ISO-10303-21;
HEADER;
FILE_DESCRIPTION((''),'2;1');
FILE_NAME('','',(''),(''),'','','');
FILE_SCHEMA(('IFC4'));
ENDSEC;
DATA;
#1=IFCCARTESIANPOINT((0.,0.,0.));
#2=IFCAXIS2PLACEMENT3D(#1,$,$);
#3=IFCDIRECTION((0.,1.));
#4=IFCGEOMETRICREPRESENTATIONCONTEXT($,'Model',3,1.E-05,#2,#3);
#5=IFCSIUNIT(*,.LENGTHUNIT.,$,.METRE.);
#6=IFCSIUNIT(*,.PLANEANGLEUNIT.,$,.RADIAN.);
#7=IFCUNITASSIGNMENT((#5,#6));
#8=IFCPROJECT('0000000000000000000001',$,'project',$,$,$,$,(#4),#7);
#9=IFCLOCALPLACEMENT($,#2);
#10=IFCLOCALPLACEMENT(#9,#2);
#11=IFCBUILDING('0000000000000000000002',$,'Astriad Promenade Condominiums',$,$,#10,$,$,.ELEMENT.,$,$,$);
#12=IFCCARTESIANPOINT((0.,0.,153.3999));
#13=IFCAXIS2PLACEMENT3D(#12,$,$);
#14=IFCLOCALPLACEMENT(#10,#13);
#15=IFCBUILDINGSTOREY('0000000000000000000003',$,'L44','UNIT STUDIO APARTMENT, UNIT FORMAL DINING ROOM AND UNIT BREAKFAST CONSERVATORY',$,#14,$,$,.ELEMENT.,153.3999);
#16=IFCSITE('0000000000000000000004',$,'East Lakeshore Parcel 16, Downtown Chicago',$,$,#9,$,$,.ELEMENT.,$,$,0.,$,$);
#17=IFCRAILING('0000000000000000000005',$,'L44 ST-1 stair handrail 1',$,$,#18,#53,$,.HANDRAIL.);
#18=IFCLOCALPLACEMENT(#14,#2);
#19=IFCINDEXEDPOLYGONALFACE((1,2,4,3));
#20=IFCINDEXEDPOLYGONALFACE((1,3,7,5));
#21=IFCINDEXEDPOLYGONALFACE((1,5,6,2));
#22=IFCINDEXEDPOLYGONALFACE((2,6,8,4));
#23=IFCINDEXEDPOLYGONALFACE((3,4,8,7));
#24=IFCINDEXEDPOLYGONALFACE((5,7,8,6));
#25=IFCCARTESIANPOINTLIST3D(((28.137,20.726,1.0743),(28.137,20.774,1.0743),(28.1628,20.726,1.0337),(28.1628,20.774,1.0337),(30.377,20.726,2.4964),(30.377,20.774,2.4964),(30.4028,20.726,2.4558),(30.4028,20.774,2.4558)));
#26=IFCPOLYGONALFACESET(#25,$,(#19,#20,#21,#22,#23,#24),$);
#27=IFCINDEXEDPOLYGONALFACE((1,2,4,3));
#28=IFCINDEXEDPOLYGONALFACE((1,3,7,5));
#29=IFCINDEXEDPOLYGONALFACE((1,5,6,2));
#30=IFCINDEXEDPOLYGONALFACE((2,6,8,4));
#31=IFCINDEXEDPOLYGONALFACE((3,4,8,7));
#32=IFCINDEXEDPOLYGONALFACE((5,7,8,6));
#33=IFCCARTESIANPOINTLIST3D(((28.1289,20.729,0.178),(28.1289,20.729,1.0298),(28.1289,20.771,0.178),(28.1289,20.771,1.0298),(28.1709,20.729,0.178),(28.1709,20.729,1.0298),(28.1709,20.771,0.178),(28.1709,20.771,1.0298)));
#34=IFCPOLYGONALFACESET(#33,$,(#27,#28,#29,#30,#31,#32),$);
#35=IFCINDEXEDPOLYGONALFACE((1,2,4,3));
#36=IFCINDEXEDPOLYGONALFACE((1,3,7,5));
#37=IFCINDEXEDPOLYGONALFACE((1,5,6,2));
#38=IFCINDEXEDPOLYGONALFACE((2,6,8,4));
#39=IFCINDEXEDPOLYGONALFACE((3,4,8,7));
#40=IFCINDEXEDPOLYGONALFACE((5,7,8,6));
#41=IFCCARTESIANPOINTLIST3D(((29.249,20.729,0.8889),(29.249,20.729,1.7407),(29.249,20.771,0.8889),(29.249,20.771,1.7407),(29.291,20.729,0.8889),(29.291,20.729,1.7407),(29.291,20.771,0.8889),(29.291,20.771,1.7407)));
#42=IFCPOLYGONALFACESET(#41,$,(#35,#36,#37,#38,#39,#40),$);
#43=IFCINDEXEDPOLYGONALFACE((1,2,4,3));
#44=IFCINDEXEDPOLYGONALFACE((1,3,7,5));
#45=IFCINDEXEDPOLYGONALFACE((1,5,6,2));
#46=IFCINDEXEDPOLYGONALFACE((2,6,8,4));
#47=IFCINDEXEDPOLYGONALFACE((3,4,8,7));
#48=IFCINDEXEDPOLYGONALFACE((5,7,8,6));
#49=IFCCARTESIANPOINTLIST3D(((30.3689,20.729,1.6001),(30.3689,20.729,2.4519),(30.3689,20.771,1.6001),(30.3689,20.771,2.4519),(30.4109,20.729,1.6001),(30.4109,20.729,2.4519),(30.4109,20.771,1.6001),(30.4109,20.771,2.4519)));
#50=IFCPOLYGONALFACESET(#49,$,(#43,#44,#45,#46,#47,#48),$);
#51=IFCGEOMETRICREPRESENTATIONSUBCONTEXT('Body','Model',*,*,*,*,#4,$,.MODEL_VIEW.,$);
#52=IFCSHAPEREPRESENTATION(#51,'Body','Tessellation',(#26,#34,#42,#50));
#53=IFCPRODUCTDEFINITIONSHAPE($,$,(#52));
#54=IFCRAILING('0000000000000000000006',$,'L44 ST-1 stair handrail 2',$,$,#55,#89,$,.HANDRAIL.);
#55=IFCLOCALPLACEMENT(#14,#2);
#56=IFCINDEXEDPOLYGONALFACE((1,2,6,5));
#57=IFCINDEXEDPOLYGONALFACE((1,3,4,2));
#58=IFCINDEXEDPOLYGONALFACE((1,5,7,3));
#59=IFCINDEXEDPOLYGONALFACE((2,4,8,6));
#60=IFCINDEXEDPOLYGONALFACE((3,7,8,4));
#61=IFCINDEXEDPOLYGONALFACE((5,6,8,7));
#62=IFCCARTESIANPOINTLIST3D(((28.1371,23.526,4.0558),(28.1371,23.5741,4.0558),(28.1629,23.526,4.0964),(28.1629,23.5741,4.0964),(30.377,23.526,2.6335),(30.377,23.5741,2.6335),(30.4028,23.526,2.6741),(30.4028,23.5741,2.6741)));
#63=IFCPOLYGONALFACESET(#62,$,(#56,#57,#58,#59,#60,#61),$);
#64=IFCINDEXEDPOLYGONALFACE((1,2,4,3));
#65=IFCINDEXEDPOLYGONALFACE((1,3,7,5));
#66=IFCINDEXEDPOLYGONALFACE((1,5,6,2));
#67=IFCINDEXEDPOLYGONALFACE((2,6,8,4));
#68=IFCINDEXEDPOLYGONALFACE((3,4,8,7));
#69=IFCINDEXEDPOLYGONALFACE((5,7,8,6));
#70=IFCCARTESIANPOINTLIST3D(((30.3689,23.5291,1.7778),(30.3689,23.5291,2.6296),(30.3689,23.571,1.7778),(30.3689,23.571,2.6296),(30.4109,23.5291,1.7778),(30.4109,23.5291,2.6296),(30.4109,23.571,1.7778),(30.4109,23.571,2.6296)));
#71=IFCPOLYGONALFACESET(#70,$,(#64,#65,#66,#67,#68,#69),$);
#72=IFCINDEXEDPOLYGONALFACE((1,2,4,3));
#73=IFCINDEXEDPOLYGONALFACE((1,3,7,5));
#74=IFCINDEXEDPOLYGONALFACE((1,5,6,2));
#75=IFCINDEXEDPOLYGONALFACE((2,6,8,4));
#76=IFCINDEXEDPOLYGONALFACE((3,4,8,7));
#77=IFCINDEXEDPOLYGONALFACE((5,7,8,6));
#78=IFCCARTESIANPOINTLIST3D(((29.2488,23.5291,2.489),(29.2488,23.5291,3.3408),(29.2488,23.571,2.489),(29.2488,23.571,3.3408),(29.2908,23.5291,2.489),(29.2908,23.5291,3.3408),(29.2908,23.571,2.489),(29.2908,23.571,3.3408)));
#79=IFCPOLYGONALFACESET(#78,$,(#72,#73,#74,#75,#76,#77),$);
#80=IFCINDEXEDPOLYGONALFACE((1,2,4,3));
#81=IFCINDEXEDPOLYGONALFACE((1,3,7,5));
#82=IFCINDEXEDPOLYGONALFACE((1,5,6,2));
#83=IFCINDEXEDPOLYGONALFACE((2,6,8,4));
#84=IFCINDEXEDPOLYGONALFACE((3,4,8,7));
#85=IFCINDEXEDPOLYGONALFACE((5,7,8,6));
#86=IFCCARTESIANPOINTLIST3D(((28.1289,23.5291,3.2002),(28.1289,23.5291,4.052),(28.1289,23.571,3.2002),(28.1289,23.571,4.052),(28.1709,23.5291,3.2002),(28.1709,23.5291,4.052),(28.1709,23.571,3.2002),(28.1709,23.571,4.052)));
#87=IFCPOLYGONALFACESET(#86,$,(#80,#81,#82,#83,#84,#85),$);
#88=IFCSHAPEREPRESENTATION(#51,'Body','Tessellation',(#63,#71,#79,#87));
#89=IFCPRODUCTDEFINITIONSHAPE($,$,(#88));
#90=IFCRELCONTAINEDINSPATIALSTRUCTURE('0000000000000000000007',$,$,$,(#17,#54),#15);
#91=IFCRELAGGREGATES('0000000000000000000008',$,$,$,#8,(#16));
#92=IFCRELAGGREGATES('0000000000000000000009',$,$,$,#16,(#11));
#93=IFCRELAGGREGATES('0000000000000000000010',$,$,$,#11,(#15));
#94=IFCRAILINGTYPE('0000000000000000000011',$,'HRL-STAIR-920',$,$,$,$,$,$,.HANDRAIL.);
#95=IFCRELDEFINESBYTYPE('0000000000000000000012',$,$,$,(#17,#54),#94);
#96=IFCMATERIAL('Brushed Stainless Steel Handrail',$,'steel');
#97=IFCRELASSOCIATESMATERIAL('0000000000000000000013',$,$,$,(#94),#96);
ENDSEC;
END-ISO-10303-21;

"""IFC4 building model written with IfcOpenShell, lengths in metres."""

from ifc_helpers import new_model, si_unit, direction, frame, origin, origin_2d, place, context, subcontext, project, spatial, rectangle, extrude, source, transform, mapped, material, type_object, type_shapes, element, save


model = new_model("IFC4")

# Units and contexts
model_context = context("Model", 3, precision=1e-05, world=origin(), true_north=direction((0.0, 1.0)))
body_context = subcontext(model_context, "Body", "Model", "MODEL_VIEW")
ifc_project = project(units=[si_unit("LENGTHUNIT", "METRE"), si_unit("PLANEANGLEUNIT", "RADIAN")], contexts=[model_context])

# Site, building, storey
site_placement = place(None, origin())
site = spatial("IfcSite", under=ifc_project, at=site_placement, Name="East Lakeshore Parcel 16, Downtown Chicago", CompositionType="ELEMENT", RefElevation=0.0)
building_placement = place(site_placement, origin())
building = spatial("IfcBuilding", under=site, at=building_placement, Name="Astriad Promenade Condominiums", CompositionType="ELEMENT")
storey_placement = place(building_placement, frame((0.0, 0.0, 153.3999)))
storey = spatial("IfcBuildingStorey", under=building, at=storey_placement, Name="L44", Description="UNIT STUDIO APARTMENT, UNIT FORMAL DINING ROOM AND UNIT BREAKFAST CONSERVATORY", CompositionType="ELEMENT", Elevation=153.3999)

# Railings
ifc_material_1 = material(Name="Brushed Stainless Steel Handrail", Category="steel")
railing_type_1 = type_object("IfcRailingType", Name="HRL-STAIR-920", PredefinedType="HANDRAIL", material=ifc_material_1)
shared_shape_1 = source(origin(), body_context, "Body", "SweptSolid", [
    extrude(rectangle(XDim=0.0481, YDim=0.0481, at=origin_2d()), frame((0.0, 0.0, 0.876), z_axis=(0.844229, 0.0, 0.535982), x_axis=(0.0, 1.0, 0.0)), (0.0, 0.0, 1.0), 2.6533),
    extrude(rectangle(XDim=0.042, YDim=0.042, at=origin_2d()), origin(), (0.0, 0.0, 1.0), 0.8518),
    extrude(rectangle(XDim=0.042, YDim=0.042, at=origin_2d()), frame((1.1201, 0.0, 0.7109)), (0.0, 0.0, 1.0), 0.8518),
    extrude(rectangle(XDim=0.042, YDim=0.042, at=origin_2d()), frame((2.24, 0.0, 1.4221)), (0.0, 0.0, 1.0), 0.8518),
])
railing_1_placement = place(storey_placement, frame((28.1499, 20.75, 0.178)))
element("IfcRailing", 1, at=railing_1_placement, inside=storey, type_object=railing_type_1, Name="L44 ST-1 stair handrail 1", PredefinedType="HANDRAIL", context=body_context, shape_type="MappedRepresentation", body=[
    mapped(shared_shape_1, transform((0.0, 0.0, 0.0), scale=1.0)),
])
shared_shape_2 = source(origin(), body_context, "Body", "SweptSolid", [
    extrude(rectangle(XDim=0.0481, YDim=0.0481, at=origin_2d()), frame((0.0, 0.0, 0.876), z_axis=(-0.844188, 0.0, 0.536048), x_axis=(0.0, -1.0, 0.0)), (0.0, 0.0, 1.0), 2.6533),
    extrude(rectangle(XDim=0.042, YDim=0.042, at=origin_2d()), origin(), (0.0, 0.0, 1.0), 0.8518),
    extrude(rectangle(XDim=0.042, YDim=0.042, at=origin_2d()), frame((-1.1201, 0.0, 0.7112)), (0.0, 0.0, 1.0), 0.8518),
    extrude(rectangle(XDim=0.042, YDim=0.042, at=origin_2d()), frame((-2.24, 0.0, 1.4224)), (0.0, 0.0, 1.0), 0.8518),
])
type_shapes(railing_type_1, [shared_shape_1, shared_shape_2])
railing_2_placement = place(storey_placement, frame((30.3899, 23.55, 1.7778)))
element("IfcRailing", 2, at=railing_2_placement, inside=storey, type_object=railing_type_1, Name="L44 ST-1 stair handrail 2", PredefinedType="HANDRAIL", context=body_context, shape_type="MappedRepresentation", body=[
    mapped(shared_shape_2, transform((0.0, 0.0, 0.0), scale=1.0)),
])

save(model, "model.ifc")
